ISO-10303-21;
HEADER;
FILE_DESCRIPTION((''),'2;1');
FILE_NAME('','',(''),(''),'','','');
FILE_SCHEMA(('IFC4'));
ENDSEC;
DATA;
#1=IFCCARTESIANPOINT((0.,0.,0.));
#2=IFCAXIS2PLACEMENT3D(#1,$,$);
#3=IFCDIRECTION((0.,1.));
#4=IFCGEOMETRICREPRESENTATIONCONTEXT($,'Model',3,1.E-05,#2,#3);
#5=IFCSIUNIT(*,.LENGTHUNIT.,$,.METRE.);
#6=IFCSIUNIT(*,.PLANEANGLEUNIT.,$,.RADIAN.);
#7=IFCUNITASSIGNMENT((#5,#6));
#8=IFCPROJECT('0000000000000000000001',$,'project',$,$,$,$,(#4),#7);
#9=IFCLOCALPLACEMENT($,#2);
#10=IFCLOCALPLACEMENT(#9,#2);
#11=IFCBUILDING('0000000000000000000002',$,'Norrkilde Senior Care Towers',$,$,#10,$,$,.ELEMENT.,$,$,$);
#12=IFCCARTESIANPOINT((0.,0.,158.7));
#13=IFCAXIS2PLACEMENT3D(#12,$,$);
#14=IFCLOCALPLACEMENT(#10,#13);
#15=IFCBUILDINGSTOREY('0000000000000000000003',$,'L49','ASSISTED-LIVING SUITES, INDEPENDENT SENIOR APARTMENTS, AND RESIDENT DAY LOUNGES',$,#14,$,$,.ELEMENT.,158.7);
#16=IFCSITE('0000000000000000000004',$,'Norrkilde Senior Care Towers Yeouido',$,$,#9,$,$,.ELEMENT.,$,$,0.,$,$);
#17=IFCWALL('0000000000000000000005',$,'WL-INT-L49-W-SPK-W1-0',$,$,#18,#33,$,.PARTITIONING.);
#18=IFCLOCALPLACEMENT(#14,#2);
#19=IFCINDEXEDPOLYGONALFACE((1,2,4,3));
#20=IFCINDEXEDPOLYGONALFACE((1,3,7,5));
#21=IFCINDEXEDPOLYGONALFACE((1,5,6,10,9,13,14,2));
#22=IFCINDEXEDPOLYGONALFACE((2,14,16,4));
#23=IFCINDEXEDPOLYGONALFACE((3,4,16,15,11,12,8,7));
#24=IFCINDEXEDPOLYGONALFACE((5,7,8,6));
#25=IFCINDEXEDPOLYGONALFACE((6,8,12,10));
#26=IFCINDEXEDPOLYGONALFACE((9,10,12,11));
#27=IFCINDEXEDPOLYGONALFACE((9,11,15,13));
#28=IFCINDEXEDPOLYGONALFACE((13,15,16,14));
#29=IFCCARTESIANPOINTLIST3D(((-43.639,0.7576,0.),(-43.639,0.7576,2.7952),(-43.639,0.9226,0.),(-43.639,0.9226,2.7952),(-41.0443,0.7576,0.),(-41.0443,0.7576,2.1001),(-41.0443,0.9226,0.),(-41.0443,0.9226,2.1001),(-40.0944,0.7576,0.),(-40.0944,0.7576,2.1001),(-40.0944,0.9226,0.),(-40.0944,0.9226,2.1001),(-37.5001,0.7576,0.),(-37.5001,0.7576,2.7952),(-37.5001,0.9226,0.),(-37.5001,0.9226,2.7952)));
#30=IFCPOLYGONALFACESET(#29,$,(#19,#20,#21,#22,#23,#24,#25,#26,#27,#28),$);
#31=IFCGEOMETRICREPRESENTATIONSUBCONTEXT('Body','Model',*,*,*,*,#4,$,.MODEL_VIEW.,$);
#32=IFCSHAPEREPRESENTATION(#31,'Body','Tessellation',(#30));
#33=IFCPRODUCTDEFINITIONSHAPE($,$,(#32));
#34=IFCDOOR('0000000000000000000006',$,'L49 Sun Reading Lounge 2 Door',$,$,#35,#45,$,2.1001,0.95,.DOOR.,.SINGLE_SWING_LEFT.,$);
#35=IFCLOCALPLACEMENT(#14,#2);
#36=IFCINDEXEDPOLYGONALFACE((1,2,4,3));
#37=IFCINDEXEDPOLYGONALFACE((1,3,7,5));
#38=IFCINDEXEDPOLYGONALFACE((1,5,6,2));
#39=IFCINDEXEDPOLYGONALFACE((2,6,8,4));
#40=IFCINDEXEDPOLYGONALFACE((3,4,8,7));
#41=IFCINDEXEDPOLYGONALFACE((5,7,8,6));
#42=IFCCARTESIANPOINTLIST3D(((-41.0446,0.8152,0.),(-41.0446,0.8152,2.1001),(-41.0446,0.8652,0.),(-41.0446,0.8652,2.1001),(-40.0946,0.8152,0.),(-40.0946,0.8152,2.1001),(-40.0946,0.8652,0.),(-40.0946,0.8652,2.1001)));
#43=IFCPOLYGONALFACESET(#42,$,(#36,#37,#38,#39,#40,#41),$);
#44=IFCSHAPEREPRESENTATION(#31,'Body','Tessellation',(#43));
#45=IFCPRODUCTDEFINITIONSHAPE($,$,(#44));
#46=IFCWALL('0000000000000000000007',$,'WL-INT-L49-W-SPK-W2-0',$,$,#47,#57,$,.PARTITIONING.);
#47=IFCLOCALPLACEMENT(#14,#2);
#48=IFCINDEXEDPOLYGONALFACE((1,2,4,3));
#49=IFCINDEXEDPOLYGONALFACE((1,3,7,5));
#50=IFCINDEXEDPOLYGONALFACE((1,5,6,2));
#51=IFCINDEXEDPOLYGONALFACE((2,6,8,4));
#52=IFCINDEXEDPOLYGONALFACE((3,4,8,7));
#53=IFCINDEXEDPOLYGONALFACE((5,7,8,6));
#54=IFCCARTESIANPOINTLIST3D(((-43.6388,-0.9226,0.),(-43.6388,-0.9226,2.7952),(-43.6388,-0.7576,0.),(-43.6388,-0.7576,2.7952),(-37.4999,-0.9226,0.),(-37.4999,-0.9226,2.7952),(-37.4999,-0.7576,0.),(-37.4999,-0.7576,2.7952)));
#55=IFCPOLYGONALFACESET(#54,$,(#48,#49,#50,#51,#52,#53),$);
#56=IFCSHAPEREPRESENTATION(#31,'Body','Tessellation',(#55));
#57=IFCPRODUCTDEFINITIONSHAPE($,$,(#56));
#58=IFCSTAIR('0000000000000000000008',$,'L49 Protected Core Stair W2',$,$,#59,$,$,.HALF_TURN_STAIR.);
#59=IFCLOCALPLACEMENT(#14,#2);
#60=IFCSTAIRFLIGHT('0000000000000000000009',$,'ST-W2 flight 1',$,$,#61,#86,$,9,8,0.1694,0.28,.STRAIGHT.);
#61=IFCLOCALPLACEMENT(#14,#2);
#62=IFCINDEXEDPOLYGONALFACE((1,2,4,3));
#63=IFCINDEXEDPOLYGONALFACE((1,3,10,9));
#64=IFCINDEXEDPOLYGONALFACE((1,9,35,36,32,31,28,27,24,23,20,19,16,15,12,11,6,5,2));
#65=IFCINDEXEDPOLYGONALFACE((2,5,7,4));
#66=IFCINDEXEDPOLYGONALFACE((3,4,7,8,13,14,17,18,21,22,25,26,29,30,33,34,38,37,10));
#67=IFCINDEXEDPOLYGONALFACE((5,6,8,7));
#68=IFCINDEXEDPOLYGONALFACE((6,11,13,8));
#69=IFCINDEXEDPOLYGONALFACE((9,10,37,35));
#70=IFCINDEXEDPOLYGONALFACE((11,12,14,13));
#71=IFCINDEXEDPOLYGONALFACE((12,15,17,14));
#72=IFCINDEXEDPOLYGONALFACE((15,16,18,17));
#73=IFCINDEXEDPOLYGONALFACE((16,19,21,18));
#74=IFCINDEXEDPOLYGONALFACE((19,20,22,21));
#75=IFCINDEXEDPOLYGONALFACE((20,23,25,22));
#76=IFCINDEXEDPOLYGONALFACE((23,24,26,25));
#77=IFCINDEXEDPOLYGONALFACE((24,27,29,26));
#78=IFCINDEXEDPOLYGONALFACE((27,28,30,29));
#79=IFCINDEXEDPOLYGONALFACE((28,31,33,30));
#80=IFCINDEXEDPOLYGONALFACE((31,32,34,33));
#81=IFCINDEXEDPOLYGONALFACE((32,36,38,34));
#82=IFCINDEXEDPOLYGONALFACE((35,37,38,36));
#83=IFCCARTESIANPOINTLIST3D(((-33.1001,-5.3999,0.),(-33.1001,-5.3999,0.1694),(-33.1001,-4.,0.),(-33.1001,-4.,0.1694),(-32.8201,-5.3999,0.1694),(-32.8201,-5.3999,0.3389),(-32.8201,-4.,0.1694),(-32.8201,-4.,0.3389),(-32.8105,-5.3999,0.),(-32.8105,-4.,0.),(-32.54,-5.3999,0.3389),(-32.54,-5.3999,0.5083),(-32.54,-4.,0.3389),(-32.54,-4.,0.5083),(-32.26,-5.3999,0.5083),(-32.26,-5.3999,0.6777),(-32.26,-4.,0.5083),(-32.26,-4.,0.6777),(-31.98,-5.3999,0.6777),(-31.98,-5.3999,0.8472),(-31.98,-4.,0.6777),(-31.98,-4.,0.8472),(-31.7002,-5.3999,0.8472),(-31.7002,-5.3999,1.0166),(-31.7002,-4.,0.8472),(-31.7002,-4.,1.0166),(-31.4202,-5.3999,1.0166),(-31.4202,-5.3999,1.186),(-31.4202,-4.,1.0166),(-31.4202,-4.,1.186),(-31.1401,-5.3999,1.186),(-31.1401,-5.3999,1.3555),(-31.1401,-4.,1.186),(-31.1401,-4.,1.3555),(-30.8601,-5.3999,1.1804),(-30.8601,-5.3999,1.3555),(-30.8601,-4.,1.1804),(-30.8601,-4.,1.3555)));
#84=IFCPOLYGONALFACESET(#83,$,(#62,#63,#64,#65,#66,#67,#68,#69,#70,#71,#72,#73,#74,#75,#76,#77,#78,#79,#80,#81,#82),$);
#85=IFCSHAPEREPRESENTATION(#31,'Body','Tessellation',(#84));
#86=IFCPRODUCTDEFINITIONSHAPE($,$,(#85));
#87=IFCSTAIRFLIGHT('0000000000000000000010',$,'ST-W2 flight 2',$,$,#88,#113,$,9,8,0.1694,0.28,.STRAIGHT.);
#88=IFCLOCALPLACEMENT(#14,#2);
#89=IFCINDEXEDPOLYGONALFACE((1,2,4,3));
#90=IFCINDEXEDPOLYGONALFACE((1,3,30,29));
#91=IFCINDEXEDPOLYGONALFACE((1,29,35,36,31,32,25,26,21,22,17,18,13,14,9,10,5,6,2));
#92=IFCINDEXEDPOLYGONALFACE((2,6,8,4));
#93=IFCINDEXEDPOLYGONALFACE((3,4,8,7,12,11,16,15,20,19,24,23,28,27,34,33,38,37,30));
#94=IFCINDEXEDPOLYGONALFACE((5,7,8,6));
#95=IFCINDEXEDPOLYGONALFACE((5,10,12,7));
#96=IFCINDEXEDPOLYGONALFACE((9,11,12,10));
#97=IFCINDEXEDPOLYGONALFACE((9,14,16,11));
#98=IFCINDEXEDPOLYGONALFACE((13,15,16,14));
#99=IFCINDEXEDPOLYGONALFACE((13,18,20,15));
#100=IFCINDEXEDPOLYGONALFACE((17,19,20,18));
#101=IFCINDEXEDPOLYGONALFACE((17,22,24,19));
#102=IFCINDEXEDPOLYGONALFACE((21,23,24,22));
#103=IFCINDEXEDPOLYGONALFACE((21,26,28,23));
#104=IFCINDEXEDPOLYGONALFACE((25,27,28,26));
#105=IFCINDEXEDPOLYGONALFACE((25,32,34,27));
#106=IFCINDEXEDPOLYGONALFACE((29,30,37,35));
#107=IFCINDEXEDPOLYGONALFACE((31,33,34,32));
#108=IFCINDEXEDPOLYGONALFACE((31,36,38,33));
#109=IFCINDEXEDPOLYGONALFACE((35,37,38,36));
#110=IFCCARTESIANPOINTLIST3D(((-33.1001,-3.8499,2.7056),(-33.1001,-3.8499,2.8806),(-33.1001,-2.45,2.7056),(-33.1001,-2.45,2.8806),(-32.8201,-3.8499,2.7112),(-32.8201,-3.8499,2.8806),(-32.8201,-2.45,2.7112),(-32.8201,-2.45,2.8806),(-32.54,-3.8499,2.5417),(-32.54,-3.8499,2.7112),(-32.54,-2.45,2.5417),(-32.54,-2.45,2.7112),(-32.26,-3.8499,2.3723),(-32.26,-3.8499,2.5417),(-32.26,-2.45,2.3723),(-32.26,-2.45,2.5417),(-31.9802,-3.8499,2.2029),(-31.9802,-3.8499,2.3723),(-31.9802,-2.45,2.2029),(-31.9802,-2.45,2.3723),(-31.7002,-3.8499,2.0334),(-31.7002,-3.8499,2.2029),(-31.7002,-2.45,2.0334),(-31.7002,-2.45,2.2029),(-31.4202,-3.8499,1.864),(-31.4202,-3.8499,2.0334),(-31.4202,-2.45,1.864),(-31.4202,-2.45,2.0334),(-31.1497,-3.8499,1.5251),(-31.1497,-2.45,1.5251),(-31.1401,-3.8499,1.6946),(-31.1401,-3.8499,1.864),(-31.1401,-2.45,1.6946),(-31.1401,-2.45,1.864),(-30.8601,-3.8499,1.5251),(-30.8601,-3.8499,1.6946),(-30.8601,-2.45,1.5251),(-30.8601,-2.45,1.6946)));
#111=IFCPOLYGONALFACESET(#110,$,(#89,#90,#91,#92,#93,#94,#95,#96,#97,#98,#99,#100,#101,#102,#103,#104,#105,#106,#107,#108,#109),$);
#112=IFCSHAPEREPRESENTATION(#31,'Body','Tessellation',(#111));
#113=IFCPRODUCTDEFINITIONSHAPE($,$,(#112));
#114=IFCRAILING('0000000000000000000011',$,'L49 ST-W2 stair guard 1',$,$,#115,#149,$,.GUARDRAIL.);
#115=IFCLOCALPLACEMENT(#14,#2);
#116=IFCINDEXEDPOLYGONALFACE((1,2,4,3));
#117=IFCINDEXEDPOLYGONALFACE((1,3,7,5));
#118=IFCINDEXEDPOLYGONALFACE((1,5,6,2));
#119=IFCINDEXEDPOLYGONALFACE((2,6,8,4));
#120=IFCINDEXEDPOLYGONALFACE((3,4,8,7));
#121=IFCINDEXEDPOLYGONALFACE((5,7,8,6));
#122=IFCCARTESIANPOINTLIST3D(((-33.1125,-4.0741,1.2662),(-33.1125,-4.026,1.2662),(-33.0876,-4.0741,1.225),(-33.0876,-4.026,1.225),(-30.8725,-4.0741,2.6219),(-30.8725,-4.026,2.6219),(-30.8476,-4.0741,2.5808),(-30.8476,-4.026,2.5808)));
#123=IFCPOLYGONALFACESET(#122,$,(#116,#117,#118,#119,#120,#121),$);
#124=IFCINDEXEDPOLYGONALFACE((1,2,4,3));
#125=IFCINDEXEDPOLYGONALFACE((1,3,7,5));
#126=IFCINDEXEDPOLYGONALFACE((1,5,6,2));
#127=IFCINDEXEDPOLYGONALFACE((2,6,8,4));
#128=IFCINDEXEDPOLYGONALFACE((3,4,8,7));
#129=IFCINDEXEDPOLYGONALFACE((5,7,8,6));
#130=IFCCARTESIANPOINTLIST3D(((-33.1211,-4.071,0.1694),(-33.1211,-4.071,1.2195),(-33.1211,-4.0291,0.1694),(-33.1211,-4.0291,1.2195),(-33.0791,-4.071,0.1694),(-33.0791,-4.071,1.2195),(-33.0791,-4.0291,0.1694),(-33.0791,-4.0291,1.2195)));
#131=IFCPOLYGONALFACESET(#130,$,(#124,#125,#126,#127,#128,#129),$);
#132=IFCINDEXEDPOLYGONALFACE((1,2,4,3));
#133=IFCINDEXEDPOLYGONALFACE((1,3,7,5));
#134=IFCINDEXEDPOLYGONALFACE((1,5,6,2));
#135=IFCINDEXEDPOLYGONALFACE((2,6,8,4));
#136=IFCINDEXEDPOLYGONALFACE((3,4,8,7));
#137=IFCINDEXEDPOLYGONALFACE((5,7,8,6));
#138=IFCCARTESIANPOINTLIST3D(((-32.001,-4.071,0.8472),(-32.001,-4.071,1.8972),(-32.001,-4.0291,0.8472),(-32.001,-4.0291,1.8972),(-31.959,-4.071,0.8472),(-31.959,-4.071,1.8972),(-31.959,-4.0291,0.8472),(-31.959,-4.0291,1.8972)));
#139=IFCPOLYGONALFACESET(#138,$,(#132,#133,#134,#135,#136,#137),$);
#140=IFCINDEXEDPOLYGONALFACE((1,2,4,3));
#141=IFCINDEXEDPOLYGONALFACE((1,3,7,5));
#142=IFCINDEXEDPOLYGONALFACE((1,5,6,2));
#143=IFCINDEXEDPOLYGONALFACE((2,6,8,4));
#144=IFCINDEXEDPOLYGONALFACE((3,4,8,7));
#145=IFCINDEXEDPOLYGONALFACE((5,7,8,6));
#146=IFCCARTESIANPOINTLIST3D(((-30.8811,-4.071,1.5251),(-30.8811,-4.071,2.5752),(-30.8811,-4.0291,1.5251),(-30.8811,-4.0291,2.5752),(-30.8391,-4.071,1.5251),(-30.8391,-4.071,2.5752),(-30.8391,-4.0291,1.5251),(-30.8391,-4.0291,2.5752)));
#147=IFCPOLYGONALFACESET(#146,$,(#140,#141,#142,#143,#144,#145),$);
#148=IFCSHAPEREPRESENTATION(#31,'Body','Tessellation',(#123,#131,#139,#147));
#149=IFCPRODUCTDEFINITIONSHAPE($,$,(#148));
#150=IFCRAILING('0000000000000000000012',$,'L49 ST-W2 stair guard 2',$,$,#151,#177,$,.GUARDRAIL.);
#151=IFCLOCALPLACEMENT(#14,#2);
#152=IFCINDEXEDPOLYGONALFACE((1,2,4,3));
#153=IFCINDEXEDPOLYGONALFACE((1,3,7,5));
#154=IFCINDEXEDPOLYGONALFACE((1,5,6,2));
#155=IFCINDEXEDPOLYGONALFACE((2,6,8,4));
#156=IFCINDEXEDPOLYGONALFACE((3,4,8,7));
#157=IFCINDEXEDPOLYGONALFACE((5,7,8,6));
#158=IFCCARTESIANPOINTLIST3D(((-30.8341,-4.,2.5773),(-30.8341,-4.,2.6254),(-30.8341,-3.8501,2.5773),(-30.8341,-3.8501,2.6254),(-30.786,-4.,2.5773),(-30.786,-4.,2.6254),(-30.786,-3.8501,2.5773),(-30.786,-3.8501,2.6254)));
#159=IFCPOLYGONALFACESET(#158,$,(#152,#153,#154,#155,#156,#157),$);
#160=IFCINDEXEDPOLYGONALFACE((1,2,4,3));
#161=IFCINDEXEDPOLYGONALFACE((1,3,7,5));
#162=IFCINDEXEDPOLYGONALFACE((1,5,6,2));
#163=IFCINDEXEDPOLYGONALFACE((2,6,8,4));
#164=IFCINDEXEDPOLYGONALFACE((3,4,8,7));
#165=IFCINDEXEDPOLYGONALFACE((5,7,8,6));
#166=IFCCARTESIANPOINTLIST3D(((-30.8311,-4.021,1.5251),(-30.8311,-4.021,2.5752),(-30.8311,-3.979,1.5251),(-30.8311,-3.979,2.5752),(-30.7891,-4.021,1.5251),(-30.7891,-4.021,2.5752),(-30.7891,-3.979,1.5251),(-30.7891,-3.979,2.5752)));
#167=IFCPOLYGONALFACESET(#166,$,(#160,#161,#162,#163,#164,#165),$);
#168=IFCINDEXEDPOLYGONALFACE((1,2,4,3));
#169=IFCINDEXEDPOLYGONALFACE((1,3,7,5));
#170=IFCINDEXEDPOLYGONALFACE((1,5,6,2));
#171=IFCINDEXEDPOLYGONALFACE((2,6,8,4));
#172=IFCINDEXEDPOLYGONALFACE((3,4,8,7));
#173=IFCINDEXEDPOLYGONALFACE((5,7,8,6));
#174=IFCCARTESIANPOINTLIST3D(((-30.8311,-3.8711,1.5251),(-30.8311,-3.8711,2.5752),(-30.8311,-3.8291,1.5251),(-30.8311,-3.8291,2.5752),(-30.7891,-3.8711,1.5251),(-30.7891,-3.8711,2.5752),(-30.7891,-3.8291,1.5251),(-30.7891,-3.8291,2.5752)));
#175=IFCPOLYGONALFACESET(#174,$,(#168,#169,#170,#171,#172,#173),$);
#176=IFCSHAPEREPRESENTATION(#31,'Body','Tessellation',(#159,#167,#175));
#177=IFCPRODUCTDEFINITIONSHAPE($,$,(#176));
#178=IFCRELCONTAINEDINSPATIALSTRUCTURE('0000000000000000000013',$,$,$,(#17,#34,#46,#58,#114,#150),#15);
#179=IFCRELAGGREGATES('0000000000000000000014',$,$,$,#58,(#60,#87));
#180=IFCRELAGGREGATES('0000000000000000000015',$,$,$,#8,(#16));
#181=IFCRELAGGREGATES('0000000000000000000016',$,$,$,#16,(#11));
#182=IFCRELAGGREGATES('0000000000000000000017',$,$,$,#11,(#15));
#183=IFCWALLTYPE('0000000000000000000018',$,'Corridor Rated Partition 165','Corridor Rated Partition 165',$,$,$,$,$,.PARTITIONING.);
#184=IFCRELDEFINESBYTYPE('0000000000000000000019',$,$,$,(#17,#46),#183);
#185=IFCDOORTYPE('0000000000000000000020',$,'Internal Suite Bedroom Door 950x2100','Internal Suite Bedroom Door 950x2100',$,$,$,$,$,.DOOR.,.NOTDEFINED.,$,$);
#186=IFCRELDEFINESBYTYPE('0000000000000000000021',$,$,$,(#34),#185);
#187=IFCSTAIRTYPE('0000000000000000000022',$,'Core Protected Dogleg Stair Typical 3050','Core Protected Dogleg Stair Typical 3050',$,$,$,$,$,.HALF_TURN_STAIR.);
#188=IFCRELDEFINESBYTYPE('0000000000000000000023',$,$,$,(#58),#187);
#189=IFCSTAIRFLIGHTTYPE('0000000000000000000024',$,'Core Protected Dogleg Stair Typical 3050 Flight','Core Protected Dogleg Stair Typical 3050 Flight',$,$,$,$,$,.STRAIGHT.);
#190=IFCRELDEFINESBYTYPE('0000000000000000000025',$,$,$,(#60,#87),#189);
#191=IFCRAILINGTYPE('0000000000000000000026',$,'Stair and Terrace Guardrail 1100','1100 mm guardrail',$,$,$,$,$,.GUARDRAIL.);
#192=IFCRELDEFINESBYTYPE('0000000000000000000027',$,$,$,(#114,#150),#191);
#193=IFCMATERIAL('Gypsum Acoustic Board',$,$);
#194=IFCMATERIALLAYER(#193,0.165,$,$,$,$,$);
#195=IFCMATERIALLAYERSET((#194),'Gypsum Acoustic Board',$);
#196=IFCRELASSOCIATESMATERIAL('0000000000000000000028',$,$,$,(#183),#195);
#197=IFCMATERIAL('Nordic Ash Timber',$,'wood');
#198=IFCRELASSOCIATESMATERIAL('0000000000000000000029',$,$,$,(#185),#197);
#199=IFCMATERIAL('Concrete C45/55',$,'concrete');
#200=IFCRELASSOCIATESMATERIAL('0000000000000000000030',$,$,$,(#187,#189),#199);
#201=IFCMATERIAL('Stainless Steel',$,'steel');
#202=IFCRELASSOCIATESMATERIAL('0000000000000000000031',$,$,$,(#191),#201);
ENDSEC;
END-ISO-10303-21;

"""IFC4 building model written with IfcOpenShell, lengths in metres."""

from ifc_helpers import new_model, si_unit, direction, frame, frame_2d, origin, origin_2d, place, context, subcontext, project, spatial, polyline, rectangle, outline, extrude, source, transform, mapped, material, layer, layer_set, type_object, type_shapes, element, fill, aggregate, save


model = new_model("IFC4")

# Units and contexts
model_context = context("Model", 3, precision=1e-05, world=origin(), true_north=direction((0.0, 1.0)))
body_context = subcontext(model_context, "Body", "Model", "MODEL_VIEW")
ifc_project = project(units=[si_unit("LENGTHUNIT", "METRE"), si_unit("PLANEANGLEUNIT", "RADIAN")], contexts=[model_context])

# Site, building, storey
site_placement = place(None, origin())
site = spatial("IfcSite", under=ifc_project, at=site_placement, Name="Norrkilde Senior Care Towers Yeouido", CompositionType="ELEMENT", RefElevation=0.0)
building_placement = place(site_placement, origin())
building = spatial("IfcBuilding", under=site, at=building_placement, Name="Norrkilde Senior Care Towers", CompositionType="ELEMENT")
storey_placement = place(building_placement, frame((0.0, 0.0, 158.7)))
storey = spatial("IfcBuildingStorey", under=building, at=storey_placement, Name="L49", Description="ASSISTED-LIVING SUITES, INDEPENDENT SENIOR APARTMENTS, AND RESIDENT DAY LOUNGES", CompositionType="ELEMENT", Elevation=158.7)

# Shared definitions
ifc_material_1 = material(Name="Concrete C45/55", Category="concrete")

# Shared definitions
ifc_material_2 = material(Name="Gypsum Acoustic Board")

# Shared definitions
ifc_layer_1 = layer(ifc_material_2, 0.165)
ifc_layer_set_1 = layer_set([ifc_layer_1], Name="Gypsum Acoustic Board")
wall_type_1 = type_object("IfcWallType", Name="Corridor Rated Partition 165", Description="Corridor Rated Partition 165", PredefinedType="PARTITIONING", material=ifc_layer_set_1)
ifc_material_3 = material(Name="Nordic Ash Timber", Category="wood")

# Wall, opening, door
shared_shape_1 = source(origin(), body_context, "Body", "SweptSolid", [
    extrude(rectangle(XDim=6.1389, YDim=0.165, at=frame_2d((3.0693, 0.0))), origin(), (0.0, 0.0, 1.0), 2.7952),
])
wall_1_placement = place(storey_placement, frame((-43.6389, 0.8401, 0.0), z_axis=(0.0, 0.0, 1.0), x_axis=(1.0, 0.0, 0.0)))
wall_1 = element("IfcWall", 1, at=wall_1_placement, inside=storey, type_object=wall_type_1, Name="WL-INT-L49-W-SPK-W1-0", PredefinedType="PARTITIONING", context=body_context, shape_type="MappedRepresentation", body=[
    mapped(shared_shape_1, transform((0.0, 0.0, 0.0), x_axis=(1.0, 0.0, 0.0), y_axis=(0.0, 1.0, 0.0), z_axis=(0.0, 0.0, 1.0), scale=1.0)),
])
opening_1_placement = place(wall_1_placement, frame((2.5945, 0.0, 0.0)))
opening_1 = element("IfcOpeningElement", 2, at=opening_1_placement, cuts=wall_1, PredefinedType="OPENING", context=body_context, shape_type="SweptSolid", body=[
    extrude(rectangle(XDim=0.95, YDim=2.1001, at=frame_2d((0.4751, 1.05))), frame((0.0, 0.0925, 0.0), z_axis=(0.0, -1.0, 0.0), x_axis=(1.0, 0.0, 0.0)), (0.0, 0.0, 1.0), 0.1851),
])
door_type_1 = type_object("IfcDoorType", Name="Internal Suite Bedroom Door 950x2100", Description="Internal Suite Bedroom Door 950x2100", OperationType="NOTDEFINED", PredefinedType="DOOR", material=ifc_material_3)
shared_shape_2 = source(origin(), body_context, "Body", "SweptSolid", [
    extrude(rectangle(XDim=0.95, YDim=2.1001, at=frame_2d((0.4751, 1.05))), frame((0.0, 0.0249, 0.0), z_axis=(0.0, -1.0, 0.0), x_axis=(1.0, 0.0, 0.0)), (0.0, 0.0, 1.0), 0.05),
])
type_shapes(door_type_1, [shared_shape_2])
door_1_placement = place(opening_1_placement, frame((0.95, 0.0, 0.0), z_axis=(0.0, 0.0, 1.0), x_axis=(-1.0, 0.0, 0.0)))
door_1 = element("IfcDoor", 3, at=door_1_placement, inside=storey, type_object=door_type_1, Name="L49 Sun Reading Lounge 2 Door", OperationType="SINGLE_SWING_LEFT", OverallHeight=2.1001, OverallWidth=0.95, PredefinedType="DOOR", context=body_context, shape_type="MappedRepresentation", body=[
    mapped(shared_shape_2, transform((0.0, 0.0, 0.0), x_axis=(1.0, 0.0, 0.0), y_axis=(0.0, 1.0, 0.0), z_axis=(0.0, 0.0, 1.0), scale=1.0)),
])
fill(opening_1, door_1)

# Wall
wall_2_placement = place(storey_placement, frame((-37.5, -0.8401, 0.0), z_axis=(0.0, 0.0, 1.0), x_axis=(-1.0, 0.0, 0.0)))
element("IfcWall", 4, at=wall_2_placement, inside=storey, type_object=wall_type_1, Name="WL-INT-L49-W-SPK-W2-0", PredefinedType="PARTITIONING", context=body_context, shape_type="MappedRepresentation", body=[
    mapped(shared_shape_1, transform((0.0, 0.0, 0.0), x_axis=(1.0, 0.0, 0.0), y_axis=(0.0, 1.0, 0.0), z_axis=(0.0, 0.0, 1.0), scale=1.0)),
])

# Stair, stair flights
stair_type = type_object("IfcStairType", Name="Core Protected Dogleg Stair Typical 3050", Description="Core Protected Dogleg Stair Typical 3050", PredefinedType="HALF_TURN_STAIR", material=ifc_material_1)
stair_placement = place(storey_placement, origin())
stair = element("IfcStair", 5, at=stair_placement, inside=storey, type_object=stair_type, Name="L49 Protected Core Stair W2", PredefinedType="HALF_TURN_STAIR")
stair_flight_type = type_object("IfcStairFlightType", Name="Core Protected Dogleg Stair Typical 3050 Flight", Description="Core Protected Dogleg Stair Typical 3050 Flight", PredefinedType="STRAIGHT", material=ifc_material_1)
stair_flight_1_placement = place(storey_placement, frame((-33.1001, -4.7, 0.0), z_axis=(0.0, 0.0, 1.0), x_axis=(1.0, 0.0, 0.0)))
stair_flight_1 = element("IfcStairFlight", 6, at=stair_flight_1_placement, type_object=stair_flight_type, Name="ST-W2 flight 1", NumberOfRisers=9, NumberOfTreads=8, PredefinedType="STRAIGHT", RiserHeight=0.1694, TreadLength=0.28, context=body_context, shape_type="SweptSolid", body=[
    extrude(outline(polyline([(0.0, 0.0), (0.0, 0.1694), (0.28, 0.1694), (0.28, 0.3389), (0.5601, 0.3389), (0.5601, 0.5083), (0.8401, 0.5083), (0.8401, 0.6777), (1.1201, 0.6777), (1.1201, 0.8472), (1.3999, 0.8472), (1.3999, 1.0166), (1.6799, 1.0166), (1.6799, 1.186), (1.96, 1.186), (1.96, 1.3555), (2.24, 1.3555), (2.24, 1.5249), (2.24, 1.1804), (0.2896, 0.0), (0.0, 0.0)])), frame((0.0, 0.7, 0.0), z_axis=(0.0, -1.0, 0.0), x_axis=(1.0, 0.0, 0.0)), (0.0, 0.0, 1.0), 1.3999),
])
stair_flight_2_placement = place(storey_placement, frame((-30.8601, -3.1499, 1.5251), z_axis=(0.0, 0.0, 1.0), x_axis=(-1.0, 0.0, 0.0)))
stair_flight_2 = element("IfcStairFlight", 7, at=stair_flight_2_placement, type_object=stair_flight_type, Name="ST-W2 flight 2", NumberOfRisers=9, NumberOfTreads=8, PredefinedType="STRAIGHT", RiserHeight=0.1694, TreadLength=0.28, context=body_context, shape_type="SweptSolid", body=[
    extrude(outline(polyline([(0.0, 0.0), (0.0, 0.1694), (0.28, 0.1694), (0.28, 0.3389), (0.5601, 0.3389), (0.5601, 0.5083), (0.8401, 0.5083), (0.8401, 0.6777), (1.1201, 0.6777), (1.1201, 0.8472), (1.3999, 0.8472), (1.3999, 1.0166), (1.6799, 1.0166), (1.6799, 1.186), (1.96, 1.186), (1.96, 1.3555), (2.24, 1.3555), (2.24, 1.5249), (2.24, 1.1804), (0.2896, 0.0), (0.0, 0.0)])), frame((0.0, 0.7, 0.0), z_axis=(0.0, -1.0, 0.0), x_axis=(1.0, 0.0, 0.0)), (0.0, 0.0, 1.0), 1.3999),
])
aggregate(stair, [stair_flight_1, stair_flight_2])

# Railings
ifc_material_4 = material(Name="Stainless Steel", Category="steel")
railing_type_1 = type_object("IfcRailingType", Name="Stair and Terrace Guardrail 1100", Description="1100 mm guardrail", PredefinedType="GUARDRAIL", material=ifc_material_4)
railing_1_placement = place(storey_placement, frame((-33.1001, -4.05, 0.1694)))
element("IfcRailing", 8, at=railing_1_placement, inside=storey, type_object=railing_type_1, Name="L49 ST-W2 stair guard 1", PredefinedType="GUARDRAIL", context=body_context, shape_type="SweptSolid", body=[
    extrude(rectangle(XDim=0.0481, YDim=0.0481, at=origin_2d()), frame((0.0, 0.0, 1.0762), z_axis=(0.855512, 0.0, 0.517783), x_axis=(0.0, 1.0, 0.0)), (0.0, 0.0, 1.0), 2.6184),
    extrude(rectangle(XDim=0.042, YDim=0.042, at=origin_2d()), origin(), (0.0, 0.0, 1.0), 1.05),
    extrude(rectangle(XDim=0.042, YDim=0.042, at=origin_2d()), frame((1.1201, 0.0, 0.6777)), (0.0, 0.0, 1.0), 1.05),
    extrude(rectangle(XDim=0.042, YDim=0.042, at=origin_2d()), frame((2.24, 0.0, 1.3557)), (0.0, 0.0, 1.0), 1.05),
])
railing_2_placement = place(storey_placement, frame((-30.8101, -4.0, 1.5251)))
element("IfcRailing", 9, at=railing_2_placement, inside=storey, type_object=railing_type_1, Name="L49 ST-W2 stair guard 2", PredefinedType="GUARDRAIL", context=body_context, shape_type="SweptSolid", body=[
    extrude(rectangle(XDim=0.0481, YDim=0.0481, at=origin_2d()), frame((0.0, 0.0, 1.0762), z_axis=(0.0, 1.0, 0.0), x_axis=(-1.0, 0.0, 0.0)), (0.0, 0.0, 1.0), 0.1499),
    extrude(rectangle(XDim=0.042, YDim=0.042, at=origin_2d()), origin(), (0.0, 0.0, 1.0), 1.05),
    extrude(rectangle(XDim=0.042, YDim=0.042, at=origin_2d()), frame((0.0, 0.1499, 0.0)), (0.0, 0.0, 1.0), 1.05),
])

save(model, "model.ifc")
